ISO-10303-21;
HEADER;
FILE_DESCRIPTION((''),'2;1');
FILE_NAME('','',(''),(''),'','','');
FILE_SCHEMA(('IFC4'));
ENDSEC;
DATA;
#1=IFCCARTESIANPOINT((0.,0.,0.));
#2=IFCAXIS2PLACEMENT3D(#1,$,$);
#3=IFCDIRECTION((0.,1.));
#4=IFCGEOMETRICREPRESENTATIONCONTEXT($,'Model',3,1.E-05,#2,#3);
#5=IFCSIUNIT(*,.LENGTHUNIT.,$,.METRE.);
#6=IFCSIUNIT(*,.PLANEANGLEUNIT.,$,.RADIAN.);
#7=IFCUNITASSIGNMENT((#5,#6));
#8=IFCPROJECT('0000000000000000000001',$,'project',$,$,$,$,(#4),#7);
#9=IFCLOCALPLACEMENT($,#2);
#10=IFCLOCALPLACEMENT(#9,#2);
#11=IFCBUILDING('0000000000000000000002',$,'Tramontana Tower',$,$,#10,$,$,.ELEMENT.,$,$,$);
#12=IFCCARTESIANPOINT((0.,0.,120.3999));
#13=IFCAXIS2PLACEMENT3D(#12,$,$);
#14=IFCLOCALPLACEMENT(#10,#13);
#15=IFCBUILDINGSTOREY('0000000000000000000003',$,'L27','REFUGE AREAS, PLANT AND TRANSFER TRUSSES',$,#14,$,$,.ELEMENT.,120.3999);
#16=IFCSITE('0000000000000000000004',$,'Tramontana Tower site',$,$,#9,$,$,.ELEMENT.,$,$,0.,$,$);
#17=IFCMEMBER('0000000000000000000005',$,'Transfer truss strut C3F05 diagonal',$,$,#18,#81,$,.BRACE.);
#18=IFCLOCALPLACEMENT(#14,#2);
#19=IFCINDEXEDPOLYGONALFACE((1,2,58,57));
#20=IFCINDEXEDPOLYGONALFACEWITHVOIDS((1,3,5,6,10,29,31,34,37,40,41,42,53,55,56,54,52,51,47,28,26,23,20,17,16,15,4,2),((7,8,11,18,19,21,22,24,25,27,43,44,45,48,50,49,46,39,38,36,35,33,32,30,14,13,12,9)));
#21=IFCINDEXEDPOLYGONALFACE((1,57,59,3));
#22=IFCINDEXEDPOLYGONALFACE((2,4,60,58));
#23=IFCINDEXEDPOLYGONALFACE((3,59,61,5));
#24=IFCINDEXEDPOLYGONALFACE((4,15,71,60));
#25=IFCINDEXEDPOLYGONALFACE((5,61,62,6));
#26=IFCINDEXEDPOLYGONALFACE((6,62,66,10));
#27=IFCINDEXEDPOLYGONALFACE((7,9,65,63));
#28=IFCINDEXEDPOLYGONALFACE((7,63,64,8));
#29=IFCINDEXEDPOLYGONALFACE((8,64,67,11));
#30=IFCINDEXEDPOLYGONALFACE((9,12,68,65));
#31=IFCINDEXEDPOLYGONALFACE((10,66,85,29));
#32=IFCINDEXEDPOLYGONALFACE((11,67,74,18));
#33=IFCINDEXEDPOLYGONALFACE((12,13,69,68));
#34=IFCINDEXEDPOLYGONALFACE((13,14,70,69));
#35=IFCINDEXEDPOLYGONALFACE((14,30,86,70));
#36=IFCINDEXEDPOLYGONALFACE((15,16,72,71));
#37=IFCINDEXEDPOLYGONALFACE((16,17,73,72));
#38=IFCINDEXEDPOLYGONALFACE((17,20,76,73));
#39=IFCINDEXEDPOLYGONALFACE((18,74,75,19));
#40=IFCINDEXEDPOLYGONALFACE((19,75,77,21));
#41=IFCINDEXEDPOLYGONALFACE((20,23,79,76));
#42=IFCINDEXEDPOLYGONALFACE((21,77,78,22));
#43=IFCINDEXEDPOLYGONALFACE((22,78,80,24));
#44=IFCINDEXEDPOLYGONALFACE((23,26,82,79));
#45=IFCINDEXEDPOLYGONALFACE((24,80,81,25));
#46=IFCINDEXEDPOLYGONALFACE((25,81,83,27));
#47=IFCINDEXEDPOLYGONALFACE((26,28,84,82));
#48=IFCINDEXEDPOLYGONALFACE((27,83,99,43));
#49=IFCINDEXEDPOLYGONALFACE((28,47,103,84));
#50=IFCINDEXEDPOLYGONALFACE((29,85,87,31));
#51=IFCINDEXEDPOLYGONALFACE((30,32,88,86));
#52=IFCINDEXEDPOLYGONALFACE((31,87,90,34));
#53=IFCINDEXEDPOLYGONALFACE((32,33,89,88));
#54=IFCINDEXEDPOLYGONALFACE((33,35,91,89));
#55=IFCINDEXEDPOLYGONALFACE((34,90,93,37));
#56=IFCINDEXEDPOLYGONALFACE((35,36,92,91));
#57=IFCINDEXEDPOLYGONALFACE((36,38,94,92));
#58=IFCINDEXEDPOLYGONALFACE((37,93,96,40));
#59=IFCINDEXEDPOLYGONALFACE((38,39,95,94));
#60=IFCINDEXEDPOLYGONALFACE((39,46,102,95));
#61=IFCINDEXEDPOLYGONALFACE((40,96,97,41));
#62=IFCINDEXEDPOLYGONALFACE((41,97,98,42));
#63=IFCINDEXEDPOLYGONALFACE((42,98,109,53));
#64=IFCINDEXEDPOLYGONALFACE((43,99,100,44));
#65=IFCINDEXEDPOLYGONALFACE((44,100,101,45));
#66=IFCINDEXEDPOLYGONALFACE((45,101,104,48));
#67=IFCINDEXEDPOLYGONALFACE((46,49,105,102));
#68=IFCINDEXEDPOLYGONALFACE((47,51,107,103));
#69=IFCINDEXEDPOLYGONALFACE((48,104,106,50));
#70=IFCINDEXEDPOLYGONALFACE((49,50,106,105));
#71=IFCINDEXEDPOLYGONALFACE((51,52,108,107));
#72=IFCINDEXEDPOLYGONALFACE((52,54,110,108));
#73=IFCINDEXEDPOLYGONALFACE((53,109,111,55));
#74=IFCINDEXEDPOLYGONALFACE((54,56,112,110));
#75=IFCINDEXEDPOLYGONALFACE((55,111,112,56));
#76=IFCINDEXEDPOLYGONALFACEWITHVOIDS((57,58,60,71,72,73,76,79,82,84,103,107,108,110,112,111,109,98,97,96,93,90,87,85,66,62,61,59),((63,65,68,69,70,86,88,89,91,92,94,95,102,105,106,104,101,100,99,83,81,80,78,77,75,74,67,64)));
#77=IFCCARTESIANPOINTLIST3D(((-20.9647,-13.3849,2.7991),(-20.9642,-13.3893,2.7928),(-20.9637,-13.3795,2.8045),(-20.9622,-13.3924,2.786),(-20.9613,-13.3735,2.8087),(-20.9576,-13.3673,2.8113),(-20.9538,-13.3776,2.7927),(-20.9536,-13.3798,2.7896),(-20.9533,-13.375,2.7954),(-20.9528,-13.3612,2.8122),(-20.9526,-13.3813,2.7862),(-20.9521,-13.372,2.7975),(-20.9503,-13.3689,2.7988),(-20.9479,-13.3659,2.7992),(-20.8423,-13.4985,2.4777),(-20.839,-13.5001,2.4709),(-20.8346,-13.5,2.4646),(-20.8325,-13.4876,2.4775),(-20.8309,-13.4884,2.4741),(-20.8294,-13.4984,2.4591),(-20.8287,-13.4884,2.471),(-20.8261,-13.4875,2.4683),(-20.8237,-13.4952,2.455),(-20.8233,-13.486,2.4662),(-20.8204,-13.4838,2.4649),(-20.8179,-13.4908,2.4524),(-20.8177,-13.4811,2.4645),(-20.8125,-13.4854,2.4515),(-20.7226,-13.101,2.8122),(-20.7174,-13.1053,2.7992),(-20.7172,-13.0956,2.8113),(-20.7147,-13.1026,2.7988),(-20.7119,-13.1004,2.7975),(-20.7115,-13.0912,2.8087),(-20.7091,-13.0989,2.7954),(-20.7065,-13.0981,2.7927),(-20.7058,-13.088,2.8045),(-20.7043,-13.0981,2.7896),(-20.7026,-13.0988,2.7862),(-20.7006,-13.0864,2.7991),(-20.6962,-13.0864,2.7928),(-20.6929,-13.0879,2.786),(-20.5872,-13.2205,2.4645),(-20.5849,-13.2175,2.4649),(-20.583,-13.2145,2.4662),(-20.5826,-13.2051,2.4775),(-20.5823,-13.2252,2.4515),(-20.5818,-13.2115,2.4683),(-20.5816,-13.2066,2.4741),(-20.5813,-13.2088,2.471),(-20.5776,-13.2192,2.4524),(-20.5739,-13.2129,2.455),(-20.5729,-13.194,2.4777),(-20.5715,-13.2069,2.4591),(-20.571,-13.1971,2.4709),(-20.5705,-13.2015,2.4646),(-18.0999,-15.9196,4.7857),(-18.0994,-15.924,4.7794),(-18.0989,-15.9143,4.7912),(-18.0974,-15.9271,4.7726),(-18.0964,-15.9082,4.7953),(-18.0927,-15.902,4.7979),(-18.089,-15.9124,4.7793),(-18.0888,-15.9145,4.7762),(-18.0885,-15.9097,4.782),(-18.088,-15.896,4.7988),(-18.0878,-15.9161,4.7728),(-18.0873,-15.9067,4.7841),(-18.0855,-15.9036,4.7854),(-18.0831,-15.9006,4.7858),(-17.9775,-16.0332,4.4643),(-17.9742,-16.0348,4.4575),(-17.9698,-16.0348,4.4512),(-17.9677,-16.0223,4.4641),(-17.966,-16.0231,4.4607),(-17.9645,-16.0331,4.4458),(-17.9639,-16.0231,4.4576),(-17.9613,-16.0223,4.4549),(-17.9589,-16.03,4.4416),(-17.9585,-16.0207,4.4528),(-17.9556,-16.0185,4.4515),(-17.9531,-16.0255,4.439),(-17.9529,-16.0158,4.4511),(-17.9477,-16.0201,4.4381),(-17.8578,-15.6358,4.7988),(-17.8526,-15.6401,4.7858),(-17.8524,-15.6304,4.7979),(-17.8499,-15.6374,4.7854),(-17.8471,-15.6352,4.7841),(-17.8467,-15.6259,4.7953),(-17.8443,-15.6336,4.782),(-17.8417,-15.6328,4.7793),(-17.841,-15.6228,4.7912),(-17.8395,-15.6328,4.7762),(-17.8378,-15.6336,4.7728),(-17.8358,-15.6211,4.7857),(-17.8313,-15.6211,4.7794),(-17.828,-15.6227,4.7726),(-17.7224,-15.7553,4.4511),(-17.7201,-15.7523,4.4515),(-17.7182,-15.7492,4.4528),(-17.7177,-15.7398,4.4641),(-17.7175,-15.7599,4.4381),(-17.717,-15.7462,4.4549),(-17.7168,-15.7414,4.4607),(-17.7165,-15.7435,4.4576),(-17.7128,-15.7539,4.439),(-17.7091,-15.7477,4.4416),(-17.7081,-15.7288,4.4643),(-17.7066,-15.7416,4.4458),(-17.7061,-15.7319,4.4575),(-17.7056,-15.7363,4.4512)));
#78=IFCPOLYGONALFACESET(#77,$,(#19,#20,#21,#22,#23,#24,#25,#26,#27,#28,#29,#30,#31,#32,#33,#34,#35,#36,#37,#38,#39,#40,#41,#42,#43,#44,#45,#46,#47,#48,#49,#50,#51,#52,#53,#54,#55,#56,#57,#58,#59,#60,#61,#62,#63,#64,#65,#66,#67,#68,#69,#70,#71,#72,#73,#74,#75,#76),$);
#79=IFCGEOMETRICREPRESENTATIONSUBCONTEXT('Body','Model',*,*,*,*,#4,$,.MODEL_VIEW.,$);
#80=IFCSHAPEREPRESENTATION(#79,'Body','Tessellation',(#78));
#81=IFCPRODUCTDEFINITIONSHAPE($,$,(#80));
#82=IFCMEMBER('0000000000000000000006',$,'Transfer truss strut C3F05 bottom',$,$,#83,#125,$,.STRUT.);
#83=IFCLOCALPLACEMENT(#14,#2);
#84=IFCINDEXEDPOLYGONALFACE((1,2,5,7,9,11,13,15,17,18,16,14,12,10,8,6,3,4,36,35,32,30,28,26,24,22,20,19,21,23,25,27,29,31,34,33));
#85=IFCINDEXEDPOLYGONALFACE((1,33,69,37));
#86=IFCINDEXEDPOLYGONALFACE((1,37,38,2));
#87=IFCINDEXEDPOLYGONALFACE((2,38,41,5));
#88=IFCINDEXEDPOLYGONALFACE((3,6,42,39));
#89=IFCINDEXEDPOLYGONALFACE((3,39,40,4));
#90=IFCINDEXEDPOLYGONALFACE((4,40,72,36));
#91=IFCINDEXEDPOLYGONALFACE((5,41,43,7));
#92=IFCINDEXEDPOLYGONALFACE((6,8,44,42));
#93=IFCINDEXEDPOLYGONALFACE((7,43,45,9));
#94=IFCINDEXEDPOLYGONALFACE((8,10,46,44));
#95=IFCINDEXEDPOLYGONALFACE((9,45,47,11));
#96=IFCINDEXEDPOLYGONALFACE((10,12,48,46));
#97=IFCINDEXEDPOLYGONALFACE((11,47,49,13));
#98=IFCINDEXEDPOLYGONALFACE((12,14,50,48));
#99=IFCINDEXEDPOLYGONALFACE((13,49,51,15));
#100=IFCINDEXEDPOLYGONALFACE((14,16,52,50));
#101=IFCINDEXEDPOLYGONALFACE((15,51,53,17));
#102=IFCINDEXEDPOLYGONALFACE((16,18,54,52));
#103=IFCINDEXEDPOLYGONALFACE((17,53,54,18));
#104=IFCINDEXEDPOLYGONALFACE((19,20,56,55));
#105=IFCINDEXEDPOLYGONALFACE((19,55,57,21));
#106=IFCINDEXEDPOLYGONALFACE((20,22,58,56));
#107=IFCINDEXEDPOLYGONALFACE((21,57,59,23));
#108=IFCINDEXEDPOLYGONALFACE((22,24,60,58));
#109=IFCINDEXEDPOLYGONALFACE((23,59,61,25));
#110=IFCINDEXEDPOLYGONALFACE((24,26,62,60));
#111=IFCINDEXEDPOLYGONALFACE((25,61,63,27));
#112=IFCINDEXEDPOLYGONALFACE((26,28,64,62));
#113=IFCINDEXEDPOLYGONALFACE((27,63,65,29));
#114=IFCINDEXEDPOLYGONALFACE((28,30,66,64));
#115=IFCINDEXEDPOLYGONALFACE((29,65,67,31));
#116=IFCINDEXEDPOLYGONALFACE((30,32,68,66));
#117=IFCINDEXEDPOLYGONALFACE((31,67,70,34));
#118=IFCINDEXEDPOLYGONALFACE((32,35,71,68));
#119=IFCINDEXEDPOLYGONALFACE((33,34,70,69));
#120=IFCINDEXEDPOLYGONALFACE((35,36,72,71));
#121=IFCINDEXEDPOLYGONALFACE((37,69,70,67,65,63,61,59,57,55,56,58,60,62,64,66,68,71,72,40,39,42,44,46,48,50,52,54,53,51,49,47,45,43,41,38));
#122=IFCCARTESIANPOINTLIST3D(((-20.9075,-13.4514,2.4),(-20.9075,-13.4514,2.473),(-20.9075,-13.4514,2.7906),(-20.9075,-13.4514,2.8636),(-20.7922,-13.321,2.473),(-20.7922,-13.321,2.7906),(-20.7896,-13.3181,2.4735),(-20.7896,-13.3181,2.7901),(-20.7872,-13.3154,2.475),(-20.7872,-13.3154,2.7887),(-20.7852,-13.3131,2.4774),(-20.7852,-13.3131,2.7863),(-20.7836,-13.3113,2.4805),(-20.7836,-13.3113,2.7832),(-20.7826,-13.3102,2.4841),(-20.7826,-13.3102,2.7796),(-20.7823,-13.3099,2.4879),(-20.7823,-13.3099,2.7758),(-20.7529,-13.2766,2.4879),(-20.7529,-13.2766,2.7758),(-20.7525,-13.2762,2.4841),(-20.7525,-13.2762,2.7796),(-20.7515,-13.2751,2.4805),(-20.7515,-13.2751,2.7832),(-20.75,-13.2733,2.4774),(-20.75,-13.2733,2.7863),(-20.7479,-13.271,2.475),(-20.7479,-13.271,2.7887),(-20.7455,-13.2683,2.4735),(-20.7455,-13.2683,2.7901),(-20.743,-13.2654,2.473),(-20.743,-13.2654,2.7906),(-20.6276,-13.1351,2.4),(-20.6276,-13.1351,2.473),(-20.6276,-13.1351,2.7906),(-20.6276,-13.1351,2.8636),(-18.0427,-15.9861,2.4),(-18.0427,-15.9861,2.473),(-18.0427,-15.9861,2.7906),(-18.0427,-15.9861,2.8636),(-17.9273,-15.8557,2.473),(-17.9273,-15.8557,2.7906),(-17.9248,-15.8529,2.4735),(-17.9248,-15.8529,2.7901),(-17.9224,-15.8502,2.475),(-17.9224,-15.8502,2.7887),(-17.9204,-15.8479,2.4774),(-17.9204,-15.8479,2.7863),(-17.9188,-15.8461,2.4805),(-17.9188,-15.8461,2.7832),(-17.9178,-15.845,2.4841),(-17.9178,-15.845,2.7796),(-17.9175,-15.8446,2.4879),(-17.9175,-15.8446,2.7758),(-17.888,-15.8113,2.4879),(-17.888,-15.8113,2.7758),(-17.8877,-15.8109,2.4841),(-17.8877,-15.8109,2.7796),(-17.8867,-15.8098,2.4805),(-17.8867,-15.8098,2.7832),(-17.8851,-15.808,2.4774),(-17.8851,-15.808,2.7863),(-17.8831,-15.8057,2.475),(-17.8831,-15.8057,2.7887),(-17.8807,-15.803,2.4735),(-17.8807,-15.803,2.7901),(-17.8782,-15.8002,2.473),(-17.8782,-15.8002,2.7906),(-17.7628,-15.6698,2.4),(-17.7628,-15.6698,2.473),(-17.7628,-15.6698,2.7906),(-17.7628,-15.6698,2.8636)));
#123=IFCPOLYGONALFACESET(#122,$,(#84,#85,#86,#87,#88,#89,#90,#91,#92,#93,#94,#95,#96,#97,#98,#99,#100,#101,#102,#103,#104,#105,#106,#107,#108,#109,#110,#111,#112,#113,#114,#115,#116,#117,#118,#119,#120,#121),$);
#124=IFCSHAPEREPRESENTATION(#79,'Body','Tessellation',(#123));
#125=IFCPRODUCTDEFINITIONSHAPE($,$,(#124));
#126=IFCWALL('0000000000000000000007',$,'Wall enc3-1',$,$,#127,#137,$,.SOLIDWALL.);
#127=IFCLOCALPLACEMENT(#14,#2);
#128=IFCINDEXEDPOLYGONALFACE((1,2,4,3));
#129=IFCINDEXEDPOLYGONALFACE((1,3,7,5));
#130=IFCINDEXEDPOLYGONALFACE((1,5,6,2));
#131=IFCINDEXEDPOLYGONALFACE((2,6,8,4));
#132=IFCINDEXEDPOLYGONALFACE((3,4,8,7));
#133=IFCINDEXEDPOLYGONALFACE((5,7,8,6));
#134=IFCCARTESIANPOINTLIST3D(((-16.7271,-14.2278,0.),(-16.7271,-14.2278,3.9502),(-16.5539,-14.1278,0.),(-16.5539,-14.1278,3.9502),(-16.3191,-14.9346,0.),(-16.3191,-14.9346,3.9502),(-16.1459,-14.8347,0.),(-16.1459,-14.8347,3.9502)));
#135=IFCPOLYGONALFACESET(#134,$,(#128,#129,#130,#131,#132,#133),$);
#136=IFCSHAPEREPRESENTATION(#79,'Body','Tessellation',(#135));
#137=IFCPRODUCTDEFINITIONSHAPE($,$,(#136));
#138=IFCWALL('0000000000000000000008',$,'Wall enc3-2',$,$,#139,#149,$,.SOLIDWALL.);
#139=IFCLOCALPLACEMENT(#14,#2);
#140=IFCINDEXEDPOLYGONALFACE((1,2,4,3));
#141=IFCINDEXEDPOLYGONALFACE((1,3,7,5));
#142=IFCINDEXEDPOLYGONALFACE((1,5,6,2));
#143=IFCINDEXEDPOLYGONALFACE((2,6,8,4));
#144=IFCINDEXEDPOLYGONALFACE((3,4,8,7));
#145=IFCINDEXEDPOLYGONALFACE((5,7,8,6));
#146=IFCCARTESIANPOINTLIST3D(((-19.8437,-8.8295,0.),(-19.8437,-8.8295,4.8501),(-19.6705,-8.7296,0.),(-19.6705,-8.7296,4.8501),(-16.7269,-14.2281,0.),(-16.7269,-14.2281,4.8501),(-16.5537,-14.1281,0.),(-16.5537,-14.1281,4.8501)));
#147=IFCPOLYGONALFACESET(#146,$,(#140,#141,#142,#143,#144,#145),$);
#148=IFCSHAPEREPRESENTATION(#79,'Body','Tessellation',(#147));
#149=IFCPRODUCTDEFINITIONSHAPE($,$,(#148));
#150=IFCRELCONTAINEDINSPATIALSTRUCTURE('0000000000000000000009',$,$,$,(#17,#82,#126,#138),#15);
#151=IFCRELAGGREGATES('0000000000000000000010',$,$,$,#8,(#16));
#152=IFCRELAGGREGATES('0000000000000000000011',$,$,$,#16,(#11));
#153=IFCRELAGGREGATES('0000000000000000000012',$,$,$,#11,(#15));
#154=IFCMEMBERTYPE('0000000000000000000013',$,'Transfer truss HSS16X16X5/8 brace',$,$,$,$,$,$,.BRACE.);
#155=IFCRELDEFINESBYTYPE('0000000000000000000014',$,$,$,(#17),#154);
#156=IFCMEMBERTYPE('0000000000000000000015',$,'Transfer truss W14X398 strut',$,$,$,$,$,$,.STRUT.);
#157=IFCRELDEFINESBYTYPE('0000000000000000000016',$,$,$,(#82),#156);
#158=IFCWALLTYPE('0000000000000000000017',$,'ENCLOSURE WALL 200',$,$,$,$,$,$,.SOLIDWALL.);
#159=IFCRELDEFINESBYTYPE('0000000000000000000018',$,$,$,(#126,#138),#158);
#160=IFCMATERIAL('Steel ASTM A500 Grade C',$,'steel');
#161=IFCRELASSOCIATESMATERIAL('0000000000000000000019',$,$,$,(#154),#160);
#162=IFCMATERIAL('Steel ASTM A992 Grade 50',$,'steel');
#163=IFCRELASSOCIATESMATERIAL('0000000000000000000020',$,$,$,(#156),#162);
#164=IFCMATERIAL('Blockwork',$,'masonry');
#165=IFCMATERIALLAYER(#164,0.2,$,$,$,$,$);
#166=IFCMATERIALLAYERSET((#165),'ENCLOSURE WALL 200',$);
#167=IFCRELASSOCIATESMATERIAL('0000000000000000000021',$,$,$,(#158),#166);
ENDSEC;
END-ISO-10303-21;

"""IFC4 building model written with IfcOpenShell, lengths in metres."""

from ifc_helpers import new_model, si_unit, direction, frame, frame_2d, origin, origin_2d, place, context, subcontext, project, spatial, rectangle, hollow_rectangle, i_section, extrude, material, layer, layer_set, material_profile, profile_set, type_object, element, save


model = new_model("IFC4")

# Units and contexts
model_context = context("Model", 3, precision=1e-05, world=origin(), true_north=direction((0.0, 1.0)))
body_context = subcontext(model_context, "Body", "Model", "MODEL_VIEW")
ifc_project = project(units=[si_unit("LENGTHUNIT", "METRE"), si_unit("PLANEANGLEUNIT", "RADIAN")], contexts=[model_context])

# Site, building, storey
site_placement = place(None, origin())
site = spatial("IfcSite", under=ifc_project, at=site_placement, Name="Tramontana Tower site", CompositionType="ELEMENT", RefElevation=0.0)
building_placement = place(site_placement, origin())
building = spatial("IfcBuilding", under=site, at=building_placement, Name="Tramontana Tower", CompositionType="ELEMENT")
storey_placement = place(building_placement, frame((0.0, 0.0, 120.3999)))
storey = spatial("IfcBuildingStorey", under=building, at=storey_placement, Name="L27", Description="REFUGE AREAS, PLANT AND TRANSFER TRUSSES", CompositionType="ELEMENT", Elevation=120.3999)

# Members
ifc_material_1 = material(Name="Steel ASTM A500 Grade C", Category="steel")
ifc_material_profile_1 = material_profile(ifc_material_1, hollow_rectangle(XDim=0.4065, YDim=0.4065, WallThickness=0.0146, InnerFilletRadius=0.0146, OuterFilletRadius=0.0295, at=origin_2d()), Name="HSS16X16X5/8")
ifc_profile_set_1 = profile_set([ifc_material_profile_1], Name="Steel ASTM A500 Grade C")
member_type_1 = type_object("IfcMemberType", Name="Transfer truss HSS16X16X5/8 brace", PredefinedType="BRACE", material=ifc_profile_set_1)
member_1_placement = place(storey_placement, frame((-20.7676, -13.2932, 2.6318), z_axis=(0.664644, -0.588063, 0.460901), x_axis=(0.662643, 0.748936, 0.0)))
element("IfcMember", 1, at=member_1_placement, inside=storey, type_object=member_type_1, Name="Transfer truss strut C3F05 diagonal", PredefinedType="BRACE", context=body_context, shape_type="SweptSolid", body=[
    extrude(hollow_rectangle(XDim=0.4065, YDim=0.4065, WallThickness=0.0146, InnerFilletRadius=0.0146, OuterFilletRadius=0.0295, at=origin_2d()), origin(), (0.0, 0.0, 1.0), 4.3103),
])
ifc_material_2 = material(Name="Steel ASTM A992 Grade 50", Category="steel")
ifc_material_profile_2 = material_profile(ifc_material_2, i_section(OverallWidth=0.4224, OverallDepth=0.4636, WebThickness=0.0444, FlangeThickness=0.073, FilletRadius=0.0149, at=origin_2d()), Name="W14X398")
ifc_profile_set_2 = profile_set([ifc_material_profile_2], Name="Steel ASTM A992 Grade 50")
member_type_2 = type_object("IfcMemberType", Name="Transfer truss W14X398 strut", PredefinedType="STRUT", material=ifc_profile_set_2)
member_2_placement = place(storey_placement, frame((-20.7676, -13.2932, 2.6318), z_axis=(0.748936, -0.662643, 0.0), x_axis=(0.662643, 0.748936, 0.0)))
element("IfcMember", 2, at=member_2_placement, inside=storey, type_object=member_type_2, Name="Transfer truss strut C3F05 bottom", PredefinedType="STRUT", context=body_context, shape_type="SweptSolid", body=[
    extrude(i_section(OverallWidth=0.4224, OverallDepth=0.4636, WebThickness=0.0444, FlangeThickness=0.073, FilletRadius=0.0149, at=origin_2d()), origin(), (0.0, 0.0, 1.0), 3.8252),
])

# Walls
ifc_material_3 = material(Name="Blockwork", Category="masonry")
ifc_layer_1 = layer(ifc_material_3, 0.2)
ifc_layer_set_1 = layer_set([ifc_layer_1], Name="ENCLOSURE WALL 200")
wall_type = type_object("IfcWallType", Name="ENCLOSURE WALL 200", PredefinedType="SOLIDWALL", material=ifc_layer_set_1)
wall_1_placement = place(storey_placement, frame((-16.2324, -14.8848, 0.0), z_axis=(0.0, 0.0, 1.0), x_axis=(-0.499904, 0.866081, 0.0)))
element("IfcWall", 3, at=wall_1_placement, inside=storey, type_object=wall_type, Name="Wall enc3-1", PredefinedType="SOLIDWALL", context=body_context, shape_type="SweptSolid", body=[
    extrude(rectangle(XDim=0.8162, YDim=0.2, at=frame_2d((0.4082, 0.0))), origin(), (0.0, 0.0, 1.0), 3.9502),
])
wall_2_placement = place(storey_placement, frame((-16.6404, -14.178, 0.0), z_axis=(0.0, 0.0, 1.0), x_axis=(-0.499989, 0.866032, 0.0)))
element("IfcWall", 4, at=wall_2_placement, inside=storey, type_object=wall_type, Name="Wall enc3-2", PredefinedType="SOLIDWALL", context=body_context, shape_type="SweptSolid", body=[
    extrude(rectangle(XDim=6.2336, YDim=0.2, at=frame_2d((3.1167, 0.0))), origin(), (0.0, 0.0, 1.0), 4.8501),
])

save(model, "model.ifc")
